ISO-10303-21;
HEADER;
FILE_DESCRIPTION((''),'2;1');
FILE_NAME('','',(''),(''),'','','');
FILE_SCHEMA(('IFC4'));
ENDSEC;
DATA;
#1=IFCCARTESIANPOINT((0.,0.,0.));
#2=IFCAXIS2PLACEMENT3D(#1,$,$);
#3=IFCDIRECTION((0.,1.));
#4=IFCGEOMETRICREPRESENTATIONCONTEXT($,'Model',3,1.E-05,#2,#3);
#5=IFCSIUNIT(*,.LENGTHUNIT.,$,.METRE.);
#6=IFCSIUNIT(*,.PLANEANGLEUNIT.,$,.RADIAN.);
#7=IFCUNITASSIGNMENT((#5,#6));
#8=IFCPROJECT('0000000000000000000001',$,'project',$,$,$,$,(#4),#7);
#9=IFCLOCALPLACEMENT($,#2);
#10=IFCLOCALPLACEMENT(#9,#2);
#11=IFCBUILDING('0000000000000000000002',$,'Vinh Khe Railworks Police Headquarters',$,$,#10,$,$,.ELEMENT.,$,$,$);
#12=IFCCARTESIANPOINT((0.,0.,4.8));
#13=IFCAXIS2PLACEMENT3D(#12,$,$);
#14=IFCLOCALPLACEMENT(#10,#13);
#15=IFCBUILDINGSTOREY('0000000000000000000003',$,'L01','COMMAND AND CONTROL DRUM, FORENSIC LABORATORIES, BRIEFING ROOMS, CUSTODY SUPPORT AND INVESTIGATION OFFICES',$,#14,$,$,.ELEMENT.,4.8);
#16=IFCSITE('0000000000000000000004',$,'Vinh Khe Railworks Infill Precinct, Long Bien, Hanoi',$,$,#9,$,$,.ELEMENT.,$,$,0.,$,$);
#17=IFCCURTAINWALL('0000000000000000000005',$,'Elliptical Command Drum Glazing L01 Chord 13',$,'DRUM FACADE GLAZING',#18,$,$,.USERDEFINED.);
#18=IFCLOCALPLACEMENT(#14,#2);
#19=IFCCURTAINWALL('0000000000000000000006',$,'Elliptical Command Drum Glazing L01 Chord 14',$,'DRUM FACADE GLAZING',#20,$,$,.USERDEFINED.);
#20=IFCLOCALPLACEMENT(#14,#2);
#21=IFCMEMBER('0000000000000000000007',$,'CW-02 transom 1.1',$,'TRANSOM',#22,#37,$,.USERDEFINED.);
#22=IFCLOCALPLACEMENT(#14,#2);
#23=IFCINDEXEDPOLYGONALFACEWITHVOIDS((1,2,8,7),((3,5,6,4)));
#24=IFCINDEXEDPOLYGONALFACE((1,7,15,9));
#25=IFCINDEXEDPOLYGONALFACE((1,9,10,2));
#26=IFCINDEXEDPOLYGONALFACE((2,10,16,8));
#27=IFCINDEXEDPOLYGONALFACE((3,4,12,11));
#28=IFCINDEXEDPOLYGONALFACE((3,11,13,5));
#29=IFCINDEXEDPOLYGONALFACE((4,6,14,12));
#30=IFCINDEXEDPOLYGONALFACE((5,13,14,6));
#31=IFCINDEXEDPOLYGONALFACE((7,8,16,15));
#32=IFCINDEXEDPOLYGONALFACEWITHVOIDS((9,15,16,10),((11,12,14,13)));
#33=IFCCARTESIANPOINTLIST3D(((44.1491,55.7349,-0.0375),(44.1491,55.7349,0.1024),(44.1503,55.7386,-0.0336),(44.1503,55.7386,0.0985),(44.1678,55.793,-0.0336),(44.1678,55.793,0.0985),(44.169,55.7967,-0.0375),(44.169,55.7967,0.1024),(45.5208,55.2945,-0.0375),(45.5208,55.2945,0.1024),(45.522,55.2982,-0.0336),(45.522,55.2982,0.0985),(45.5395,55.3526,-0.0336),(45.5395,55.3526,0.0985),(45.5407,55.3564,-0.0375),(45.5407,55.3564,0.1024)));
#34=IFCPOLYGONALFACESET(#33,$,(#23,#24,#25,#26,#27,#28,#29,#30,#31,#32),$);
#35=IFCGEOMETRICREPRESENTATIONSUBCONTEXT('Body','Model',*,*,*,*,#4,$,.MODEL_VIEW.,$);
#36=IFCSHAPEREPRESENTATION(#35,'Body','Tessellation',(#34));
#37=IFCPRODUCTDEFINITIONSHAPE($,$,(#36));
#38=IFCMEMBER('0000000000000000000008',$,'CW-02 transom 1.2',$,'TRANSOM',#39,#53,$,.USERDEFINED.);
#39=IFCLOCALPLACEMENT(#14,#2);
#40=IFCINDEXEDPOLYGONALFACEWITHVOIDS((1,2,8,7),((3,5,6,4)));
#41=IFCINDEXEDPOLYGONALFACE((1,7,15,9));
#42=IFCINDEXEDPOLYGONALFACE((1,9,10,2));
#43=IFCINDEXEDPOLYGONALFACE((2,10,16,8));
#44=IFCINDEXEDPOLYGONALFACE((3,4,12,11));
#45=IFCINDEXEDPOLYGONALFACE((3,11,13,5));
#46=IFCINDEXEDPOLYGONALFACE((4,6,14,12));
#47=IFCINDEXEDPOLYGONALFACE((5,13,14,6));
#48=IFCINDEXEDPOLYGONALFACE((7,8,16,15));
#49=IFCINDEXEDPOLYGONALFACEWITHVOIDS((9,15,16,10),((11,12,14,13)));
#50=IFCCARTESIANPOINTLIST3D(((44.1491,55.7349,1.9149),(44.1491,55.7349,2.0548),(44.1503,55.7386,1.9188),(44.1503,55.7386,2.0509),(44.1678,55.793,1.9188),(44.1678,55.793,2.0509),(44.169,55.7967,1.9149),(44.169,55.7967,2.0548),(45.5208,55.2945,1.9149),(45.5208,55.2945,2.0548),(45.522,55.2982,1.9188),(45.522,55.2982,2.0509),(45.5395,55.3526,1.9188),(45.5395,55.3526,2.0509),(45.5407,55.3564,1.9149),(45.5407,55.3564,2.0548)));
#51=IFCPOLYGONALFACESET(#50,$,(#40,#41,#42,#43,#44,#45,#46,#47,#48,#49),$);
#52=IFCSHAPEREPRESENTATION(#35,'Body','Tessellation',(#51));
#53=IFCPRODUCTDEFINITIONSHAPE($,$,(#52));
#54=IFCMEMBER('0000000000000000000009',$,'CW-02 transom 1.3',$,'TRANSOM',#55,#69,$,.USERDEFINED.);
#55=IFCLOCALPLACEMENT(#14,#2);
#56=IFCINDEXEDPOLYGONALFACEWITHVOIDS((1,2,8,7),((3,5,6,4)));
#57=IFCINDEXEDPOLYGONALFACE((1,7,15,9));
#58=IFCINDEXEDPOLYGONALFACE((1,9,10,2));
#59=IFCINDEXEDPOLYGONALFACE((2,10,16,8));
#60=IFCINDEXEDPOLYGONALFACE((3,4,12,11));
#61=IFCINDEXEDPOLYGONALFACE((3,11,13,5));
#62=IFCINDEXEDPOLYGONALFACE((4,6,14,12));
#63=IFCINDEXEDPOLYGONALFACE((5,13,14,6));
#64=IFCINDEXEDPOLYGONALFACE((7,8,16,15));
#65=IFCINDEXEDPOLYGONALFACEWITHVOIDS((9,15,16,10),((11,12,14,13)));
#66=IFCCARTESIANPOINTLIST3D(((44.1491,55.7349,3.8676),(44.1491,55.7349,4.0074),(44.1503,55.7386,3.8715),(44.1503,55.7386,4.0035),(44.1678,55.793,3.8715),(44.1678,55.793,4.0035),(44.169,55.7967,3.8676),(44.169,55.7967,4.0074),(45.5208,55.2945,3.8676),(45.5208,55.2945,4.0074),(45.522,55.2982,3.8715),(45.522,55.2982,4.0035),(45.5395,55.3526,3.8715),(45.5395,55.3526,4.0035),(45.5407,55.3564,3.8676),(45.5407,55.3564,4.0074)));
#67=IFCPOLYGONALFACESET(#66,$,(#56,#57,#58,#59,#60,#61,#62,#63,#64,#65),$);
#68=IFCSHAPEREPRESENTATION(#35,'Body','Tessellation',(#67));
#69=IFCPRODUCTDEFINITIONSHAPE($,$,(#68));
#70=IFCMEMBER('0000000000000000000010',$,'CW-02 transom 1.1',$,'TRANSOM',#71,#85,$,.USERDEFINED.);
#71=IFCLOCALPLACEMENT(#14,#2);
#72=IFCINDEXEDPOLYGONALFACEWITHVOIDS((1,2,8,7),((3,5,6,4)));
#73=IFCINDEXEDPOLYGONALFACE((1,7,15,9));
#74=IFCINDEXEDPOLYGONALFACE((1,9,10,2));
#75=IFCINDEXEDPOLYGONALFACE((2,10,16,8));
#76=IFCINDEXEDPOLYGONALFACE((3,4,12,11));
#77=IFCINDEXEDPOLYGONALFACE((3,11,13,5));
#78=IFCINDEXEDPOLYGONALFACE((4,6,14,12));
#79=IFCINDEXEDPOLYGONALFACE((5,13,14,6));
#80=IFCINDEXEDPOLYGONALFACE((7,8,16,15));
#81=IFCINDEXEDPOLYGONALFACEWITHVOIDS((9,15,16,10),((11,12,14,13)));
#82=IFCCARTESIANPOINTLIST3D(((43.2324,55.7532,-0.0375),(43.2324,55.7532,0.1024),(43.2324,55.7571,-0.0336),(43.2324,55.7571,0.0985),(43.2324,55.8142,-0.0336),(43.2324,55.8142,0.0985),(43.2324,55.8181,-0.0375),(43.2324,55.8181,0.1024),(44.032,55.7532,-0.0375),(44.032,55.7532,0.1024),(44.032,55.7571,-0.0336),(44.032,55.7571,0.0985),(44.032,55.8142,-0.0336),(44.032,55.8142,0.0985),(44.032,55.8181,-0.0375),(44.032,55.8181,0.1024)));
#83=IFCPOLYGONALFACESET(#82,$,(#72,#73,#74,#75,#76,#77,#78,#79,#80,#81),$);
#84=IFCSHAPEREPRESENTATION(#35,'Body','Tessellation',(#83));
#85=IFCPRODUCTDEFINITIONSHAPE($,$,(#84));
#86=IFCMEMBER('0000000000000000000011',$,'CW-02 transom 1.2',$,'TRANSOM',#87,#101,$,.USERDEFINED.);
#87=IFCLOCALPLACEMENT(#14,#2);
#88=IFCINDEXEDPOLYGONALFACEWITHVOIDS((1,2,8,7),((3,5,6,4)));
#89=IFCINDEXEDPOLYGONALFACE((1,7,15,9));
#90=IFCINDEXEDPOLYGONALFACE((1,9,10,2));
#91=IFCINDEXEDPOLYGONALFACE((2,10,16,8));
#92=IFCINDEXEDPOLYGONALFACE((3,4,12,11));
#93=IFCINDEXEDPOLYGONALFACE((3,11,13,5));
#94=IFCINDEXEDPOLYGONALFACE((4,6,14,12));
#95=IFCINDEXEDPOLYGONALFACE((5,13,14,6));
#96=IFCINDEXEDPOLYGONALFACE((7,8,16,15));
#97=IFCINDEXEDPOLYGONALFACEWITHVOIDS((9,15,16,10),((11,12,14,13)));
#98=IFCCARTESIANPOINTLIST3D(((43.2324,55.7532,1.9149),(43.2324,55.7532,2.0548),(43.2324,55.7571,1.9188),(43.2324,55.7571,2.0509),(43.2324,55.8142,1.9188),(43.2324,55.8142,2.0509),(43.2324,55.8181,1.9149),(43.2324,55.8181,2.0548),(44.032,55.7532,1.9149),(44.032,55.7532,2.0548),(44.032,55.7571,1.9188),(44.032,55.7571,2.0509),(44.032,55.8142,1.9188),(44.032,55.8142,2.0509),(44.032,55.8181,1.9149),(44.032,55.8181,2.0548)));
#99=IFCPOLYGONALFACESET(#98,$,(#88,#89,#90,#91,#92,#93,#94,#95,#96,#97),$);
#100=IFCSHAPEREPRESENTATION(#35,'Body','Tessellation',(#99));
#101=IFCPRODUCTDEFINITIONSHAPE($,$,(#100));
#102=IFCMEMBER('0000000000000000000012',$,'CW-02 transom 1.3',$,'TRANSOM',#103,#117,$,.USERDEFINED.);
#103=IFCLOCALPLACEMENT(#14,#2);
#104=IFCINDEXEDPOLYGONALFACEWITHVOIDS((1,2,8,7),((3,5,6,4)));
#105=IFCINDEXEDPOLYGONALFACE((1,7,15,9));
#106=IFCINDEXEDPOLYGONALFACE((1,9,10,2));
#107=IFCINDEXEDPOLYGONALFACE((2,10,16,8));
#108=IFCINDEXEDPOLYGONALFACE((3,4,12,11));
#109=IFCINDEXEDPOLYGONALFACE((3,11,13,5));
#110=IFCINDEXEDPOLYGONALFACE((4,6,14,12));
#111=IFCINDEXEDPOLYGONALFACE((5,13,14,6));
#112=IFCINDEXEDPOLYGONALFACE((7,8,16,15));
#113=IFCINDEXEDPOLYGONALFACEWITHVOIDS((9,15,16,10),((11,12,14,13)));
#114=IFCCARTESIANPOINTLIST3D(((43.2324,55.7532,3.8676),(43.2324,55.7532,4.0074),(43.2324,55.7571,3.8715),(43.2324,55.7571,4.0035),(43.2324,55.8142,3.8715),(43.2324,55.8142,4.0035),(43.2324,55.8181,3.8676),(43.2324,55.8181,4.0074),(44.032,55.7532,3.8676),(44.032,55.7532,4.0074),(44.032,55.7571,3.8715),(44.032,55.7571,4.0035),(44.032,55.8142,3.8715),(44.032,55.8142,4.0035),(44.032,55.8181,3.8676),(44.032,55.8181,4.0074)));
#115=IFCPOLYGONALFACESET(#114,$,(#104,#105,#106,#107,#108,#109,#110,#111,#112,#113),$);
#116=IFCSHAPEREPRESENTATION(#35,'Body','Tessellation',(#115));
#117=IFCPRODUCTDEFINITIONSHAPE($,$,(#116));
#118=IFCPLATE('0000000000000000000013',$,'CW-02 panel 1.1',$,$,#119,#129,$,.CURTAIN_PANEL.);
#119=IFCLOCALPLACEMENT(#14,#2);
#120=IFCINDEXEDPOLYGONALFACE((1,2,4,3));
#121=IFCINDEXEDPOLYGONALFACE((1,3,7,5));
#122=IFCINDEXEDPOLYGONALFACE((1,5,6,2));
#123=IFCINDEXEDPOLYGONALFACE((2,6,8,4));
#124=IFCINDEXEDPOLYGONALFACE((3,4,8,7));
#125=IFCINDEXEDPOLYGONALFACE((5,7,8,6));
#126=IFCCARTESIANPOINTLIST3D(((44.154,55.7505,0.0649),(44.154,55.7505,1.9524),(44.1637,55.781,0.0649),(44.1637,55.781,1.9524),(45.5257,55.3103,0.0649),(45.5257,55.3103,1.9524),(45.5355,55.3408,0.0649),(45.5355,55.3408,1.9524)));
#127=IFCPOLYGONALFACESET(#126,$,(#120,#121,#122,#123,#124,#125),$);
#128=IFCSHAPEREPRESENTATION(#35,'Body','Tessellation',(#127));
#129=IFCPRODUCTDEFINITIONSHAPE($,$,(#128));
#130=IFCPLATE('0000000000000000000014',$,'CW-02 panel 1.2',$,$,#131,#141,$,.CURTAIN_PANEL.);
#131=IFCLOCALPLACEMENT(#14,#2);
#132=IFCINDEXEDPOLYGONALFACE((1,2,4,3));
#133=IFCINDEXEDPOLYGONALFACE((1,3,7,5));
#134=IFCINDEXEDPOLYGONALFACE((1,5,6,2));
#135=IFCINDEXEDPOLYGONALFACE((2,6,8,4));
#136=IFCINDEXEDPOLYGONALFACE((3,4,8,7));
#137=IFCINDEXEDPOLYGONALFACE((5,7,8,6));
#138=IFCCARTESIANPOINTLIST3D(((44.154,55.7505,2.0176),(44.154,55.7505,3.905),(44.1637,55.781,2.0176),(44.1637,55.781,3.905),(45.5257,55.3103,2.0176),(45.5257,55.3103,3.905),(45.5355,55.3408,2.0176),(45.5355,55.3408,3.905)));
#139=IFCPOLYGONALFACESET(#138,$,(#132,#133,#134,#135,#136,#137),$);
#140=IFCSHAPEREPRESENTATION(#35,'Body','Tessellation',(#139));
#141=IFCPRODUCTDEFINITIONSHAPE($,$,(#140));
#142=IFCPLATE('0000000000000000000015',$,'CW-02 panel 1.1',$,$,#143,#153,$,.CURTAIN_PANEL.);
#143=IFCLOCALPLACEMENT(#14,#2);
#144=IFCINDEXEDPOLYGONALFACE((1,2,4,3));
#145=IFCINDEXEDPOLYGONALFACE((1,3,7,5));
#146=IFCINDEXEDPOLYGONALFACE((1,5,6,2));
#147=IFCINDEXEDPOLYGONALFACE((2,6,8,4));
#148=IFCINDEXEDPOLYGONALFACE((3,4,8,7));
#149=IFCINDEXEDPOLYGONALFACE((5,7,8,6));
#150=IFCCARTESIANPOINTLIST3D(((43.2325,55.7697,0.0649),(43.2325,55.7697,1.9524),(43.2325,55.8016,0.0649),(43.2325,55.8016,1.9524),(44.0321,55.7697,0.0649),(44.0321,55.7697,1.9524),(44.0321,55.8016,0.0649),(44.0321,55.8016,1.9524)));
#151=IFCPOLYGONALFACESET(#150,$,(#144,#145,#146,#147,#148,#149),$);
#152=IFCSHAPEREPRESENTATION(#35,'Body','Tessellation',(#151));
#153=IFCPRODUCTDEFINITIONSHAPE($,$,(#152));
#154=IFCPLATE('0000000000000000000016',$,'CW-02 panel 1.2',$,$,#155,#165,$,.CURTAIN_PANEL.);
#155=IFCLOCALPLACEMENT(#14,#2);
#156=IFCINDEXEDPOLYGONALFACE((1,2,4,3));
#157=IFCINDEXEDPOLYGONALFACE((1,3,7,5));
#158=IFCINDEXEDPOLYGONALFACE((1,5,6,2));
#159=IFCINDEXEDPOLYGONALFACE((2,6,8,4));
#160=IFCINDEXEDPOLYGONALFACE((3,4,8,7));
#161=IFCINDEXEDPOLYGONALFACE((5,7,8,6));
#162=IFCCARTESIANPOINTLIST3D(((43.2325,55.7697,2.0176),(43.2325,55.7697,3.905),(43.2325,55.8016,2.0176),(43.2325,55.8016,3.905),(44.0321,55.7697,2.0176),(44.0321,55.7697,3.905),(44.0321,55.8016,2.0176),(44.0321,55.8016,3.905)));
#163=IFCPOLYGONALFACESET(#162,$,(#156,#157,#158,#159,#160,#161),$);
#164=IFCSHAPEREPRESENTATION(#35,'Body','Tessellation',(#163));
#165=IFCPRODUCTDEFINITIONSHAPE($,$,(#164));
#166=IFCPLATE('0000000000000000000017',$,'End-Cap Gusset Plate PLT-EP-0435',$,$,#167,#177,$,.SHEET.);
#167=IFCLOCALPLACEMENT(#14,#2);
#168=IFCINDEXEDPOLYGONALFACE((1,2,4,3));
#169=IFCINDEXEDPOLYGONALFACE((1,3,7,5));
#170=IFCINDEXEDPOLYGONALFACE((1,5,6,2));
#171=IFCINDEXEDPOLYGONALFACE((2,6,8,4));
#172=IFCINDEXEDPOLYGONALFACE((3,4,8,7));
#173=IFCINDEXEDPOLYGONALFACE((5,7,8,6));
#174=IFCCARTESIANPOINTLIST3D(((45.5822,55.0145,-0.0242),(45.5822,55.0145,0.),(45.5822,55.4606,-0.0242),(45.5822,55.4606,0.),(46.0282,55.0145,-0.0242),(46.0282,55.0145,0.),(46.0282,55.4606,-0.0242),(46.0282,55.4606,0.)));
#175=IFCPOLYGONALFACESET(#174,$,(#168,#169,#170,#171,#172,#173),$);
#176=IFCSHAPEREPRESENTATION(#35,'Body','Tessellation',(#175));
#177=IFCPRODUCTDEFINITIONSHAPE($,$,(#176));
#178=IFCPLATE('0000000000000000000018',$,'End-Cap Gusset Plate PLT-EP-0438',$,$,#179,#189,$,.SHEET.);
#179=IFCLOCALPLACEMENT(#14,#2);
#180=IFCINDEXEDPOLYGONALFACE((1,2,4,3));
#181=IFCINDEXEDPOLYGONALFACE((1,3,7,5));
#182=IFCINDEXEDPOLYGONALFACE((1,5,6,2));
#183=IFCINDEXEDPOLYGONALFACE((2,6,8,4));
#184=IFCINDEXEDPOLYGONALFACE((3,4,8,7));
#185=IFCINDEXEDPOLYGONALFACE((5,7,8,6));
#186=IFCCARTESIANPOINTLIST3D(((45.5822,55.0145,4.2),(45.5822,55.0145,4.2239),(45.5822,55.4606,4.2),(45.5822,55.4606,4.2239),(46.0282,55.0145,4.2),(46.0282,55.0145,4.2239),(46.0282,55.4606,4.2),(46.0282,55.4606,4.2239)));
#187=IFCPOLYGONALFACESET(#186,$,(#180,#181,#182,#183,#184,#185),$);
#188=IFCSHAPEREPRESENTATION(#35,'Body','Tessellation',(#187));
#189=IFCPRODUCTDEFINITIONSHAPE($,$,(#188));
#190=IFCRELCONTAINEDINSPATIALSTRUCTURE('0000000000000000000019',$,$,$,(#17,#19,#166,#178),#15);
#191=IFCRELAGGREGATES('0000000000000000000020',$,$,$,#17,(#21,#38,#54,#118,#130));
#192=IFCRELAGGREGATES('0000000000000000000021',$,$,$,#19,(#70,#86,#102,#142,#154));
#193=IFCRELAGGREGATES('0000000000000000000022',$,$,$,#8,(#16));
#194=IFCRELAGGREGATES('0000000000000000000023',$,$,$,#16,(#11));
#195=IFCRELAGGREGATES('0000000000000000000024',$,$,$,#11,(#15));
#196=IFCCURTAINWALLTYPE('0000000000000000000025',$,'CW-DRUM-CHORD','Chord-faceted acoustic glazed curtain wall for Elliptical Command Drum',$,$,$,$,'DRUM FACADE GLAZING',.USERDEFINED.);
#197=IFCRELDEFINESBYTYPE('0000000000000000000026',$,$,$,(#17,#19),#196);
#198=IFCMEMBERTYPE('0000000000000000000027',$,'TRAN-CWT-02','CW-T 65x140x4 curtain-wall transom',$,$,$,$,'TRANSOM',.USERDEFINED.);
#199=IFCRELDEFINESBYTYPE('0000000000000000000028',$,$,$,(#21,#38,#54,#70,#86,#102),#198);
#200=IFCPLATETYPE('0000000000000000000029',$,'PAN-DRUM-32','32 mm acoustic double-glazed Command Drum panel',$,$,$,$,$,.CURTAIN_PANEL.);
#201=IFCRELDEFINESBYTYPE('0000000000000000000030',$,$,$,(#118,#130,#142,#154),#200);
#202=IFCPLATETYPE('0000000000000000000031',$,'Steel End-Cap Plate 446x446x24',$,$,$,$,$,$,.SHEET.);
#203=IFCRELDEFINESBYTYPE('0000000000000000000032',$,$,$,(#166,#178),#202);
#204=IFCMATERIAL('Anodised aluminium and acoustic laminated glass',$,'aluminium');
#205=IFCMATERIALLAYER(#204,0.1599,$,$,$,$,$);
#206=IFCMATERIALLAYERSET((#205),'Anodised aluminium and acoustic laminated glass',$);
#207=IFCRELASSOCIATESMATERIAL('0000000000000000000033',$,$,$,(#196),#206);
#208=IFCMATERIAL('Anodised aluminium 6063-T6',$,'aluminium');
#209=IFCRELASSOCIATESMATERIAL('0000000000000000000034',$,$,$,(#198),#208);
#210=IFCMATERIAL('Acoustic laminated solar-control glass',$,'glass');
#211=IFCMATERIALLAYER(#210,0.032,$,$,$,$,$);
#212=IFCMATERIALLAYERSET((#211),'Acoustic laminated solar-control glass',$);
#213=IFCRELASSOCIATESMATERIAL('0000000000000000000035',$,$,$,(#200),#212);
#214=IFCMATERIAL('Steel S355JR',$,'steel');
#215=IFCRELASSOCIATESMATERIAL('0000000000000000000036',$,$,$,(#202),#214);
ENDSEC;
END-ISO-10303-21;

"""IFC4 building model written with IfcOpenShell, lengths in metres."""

from ifc_helpers import new_model, si_unit, direction, frame, origin, origin_2d, place, context, subcontext, project, spatial, rectangle, hollow_rectangle, extrude, material, layer, layer_set, material_profile, profile_set, type_object, element, aggregate, save


model = new_model("IFC4")

# Units and contexts
model_context = context("Model", 3, precision=1e-05, world=origin(), true_north=direction((0.0, 1.0)))
body_context = subcontext(model_context, "Body", "Model", "MODEL_VIEW")
ifc_project = project(units=[si_unit("LENGTHUNIT", "METRE"), si_unit("PLANEANGLEUNIT", "RADIAN")], contexts=[model_context])

# Site, building, storey
site_placement = place(None, origin())
site = spatial("IfcSite", under=ifc_project, at=site_placement, Name="Vinh Khe Railworks Infill Precinct, Long Bien, Hanoi", CompositionType="ELEMENT", RefElevation=0.0)
building_placement = place(site_placement, origin())
building = spatial("IfcBuilding", under=site, at=building_placement, Name="Vinh Khe Railworks Police Headquarters", CompositionType="ELEMENT")
storey_placement = place(building_placement, frame((0.0, 0.0, 4.8)))
storey = spatial("IfcBuildingStorey", under=building, at=storey_placement, Name="L01", Description="COMMAND AND CONTROL DRUM, FORENSIC LABORATORIES, BRIEFING ROOMS, CUSTODY SUPPORT AND INVESTIGATION OFFICES", CompositionType="ELEMENT", Elevation=4.8)

# Shared definitions
ifc_material_1 = material(Name="Steel S355JR", Category="steel")

# Shared definitions
ifc_material_2 = material(Name="Anodised aluminium and acoustic laminated glass", Category="aluminium")
ifc_layer_1 = layer(ifc_material_2, 0.1599)
ifc_layer_set_1 = layer_set([ifc_layer_1], Name="Anodised aluminium and acoustic laminated glass")
curtain_wall_type = type_object("IfcCurtainWallType", Name="CW-DRUM-CHORD", Description="Chord-faceted acoustic glazed curtain wall for Elliptical Command Drum", ElementType="DRUM FACADE GLAZING", PredefinedType="USERDEFINED", material=ifc_layer_set_1)
ifc_material_3 = material(Name="Anodised aluminium 6063-T6", Category="aluminium")

# Curtain walls
curtain_wall_1_placement = place(storey_placement, origin())
curtain_wall_1 = element("IfcCurtainWall", 1, at=curtain_wall_1_placement, inside=storey, type_object=curtain_wall_type, Name="Elliptical Command Drum Glazing L01 Chord 13", ObjectType="DRUM FACADE GLAZING", PredefinedType="USERDEFINED")
curtain_wall_2_placement = place(storey_placement, origin())
curtain_wall_2 = element("IfcCurtainWall", 2, at=curtain_wall_2_placement, inside=storey, type_object=curtain_wall_type, Name="Elliptical Command Drum Glazing L01 Chord 14", ObjectType="DRUM FACADE GLAZING", PredefinedType="USERDEFINED")

# Members
ifc_material_profile_1 = material_profile(ifc_material_3, hollow_rectangle(XDim=0.0649, YDim=0.1399, WallThickness=0.0039, at=origin_2d()), Name="CW-T 65x140x4")
ifc_profile_set_1 = profile_set([ifc_material_profile_1], Name="Anodised aluminium 6063-T6")
member_type_1 = type_object("IfcMemberType", Name="TRAN-CWT-02", Description="CW-T 65x140x4 curtain-wall transom", ElementType="TRANSOM", PredefinedType="USERDEFINED", material=ifc_profile_set_1)
member_1_placement = place(storey_placement, frame((45.5308, 55.3254, 0.0325), z_axis=(-0.952133, 0.305686, 0.0), x_axis=(-0.305686, -0.952133, 0.0)))
member_1 = element("IfcMember", 3, at=member_1_placement, type_object=member_type_1, Name="CW-02 transom 1.1", ObjectType="TRANSOM", PredefinedType="USERDEFINED", context=body_context, shape_type="SweptSolid", body=[
    extrude(hollow_rectangle(XDim=0.0649, YDim=0.1399, WallThickness=0.0039, at=origin_2d()), origin(), (0.0, 0.0, 1.0), 1.4407),
])
member_2_placement = place(storey_placement, frame((45.5308, 55.3254, 1.9849), z_axis=(-0.952133, 0.305686, 0.0), x_axis=(-0.305686, -0.952133, 0.0)))
member_2 = element("IfcMember", 4, at=member_2_placement, type_object=member_type_1, Name="CW-02 transom 1.2", ObjectType="TRANSOM", PredefinedType="USERDEFINED", context=body_context, shape_type="SweptSolid", body=[
    extrude(hollow_rectangle(XDim=0.0649, YDim=0.1399, WallThickness=0.0039, at=origin_2d()), origin(), (0.0, 0.0, 1.0), 1.4407),
])
member_3_placement = place(storey_placement, frame((45.5308, 55.3254, 3.9375), z_axis=(-0.952133, 0.305686, 0.0), x_axis=(-0.305686, -0.952133, 0.0)))
member_3 = element("IfcMember", 5, at=member_3_placement, type_object=member_type_1, Name="CW-02 transom 1.3", ObjectType="TRANSOM", PredefinedType="USERDEFINED", context=body_context, shape_type="SweptSolid", body=[
    extrude(hollow_rectangle(XDim=0.0649, YDim=0.1399, WallThickness=0.0039, at=origin_2d()), origin(), (0.0, 0.0, 1.0), 1.4407),
])
member_4_placement = place(storey_placement, frame((44.032, 55.7856, 0.0325), z_axis=(-1.0, 0.0, 0.0), x_axis=(0.0, -1.0, 0.0)))
member_4 = element("IfcMember", 6, at=member_4_placement, type_object=member_type_1, Name="CW-02 transom 1.1", ObjectType="TRANSOM", PredefinedType="USERDEFINED", context=body_context, shape_type="SweptSolid", body=[
    extrude(hollow_rectangle(XDim=0.0649, YDim=0.1399, WallThickness=0.0039, at=origin_2d()), origin(), (0.0, 0.0, 1.0), 0.7996),
])
member_5_placement = place(storey_placement, frame((44.032, 55.7856, 1.9849), z_axis=(-1.0, 0.0, 0.0), x_axis=(0.0, -1.0, 0.0)))
member_5 = element("IfcMember", 7, at=member_5_placement, type_object=member_type_1, Name="CW-02 transom 1.2", ObjectType="TRANSOM", PredefinedType="USERDEFINED", context=body_context, shape_type="SweptSolid", body=[
    extrude(hollow_rectangle(XDim=0.0649, YDim=0.1399, WallThickness=0.0039, at=origin_2d()), origin(), (0.0, 0.0, 1.0), 0.7996),
])
member_6_placement = place(storey_placement, frame((44.032, 55.7856, 3.9375), z_axis=(-1.0, 0.0, 0.0), x_axis=(0.0, -1.0, 0.0)))
member_6 = element("IfcMember", 8, at=member_6_placement, type_object=member_type_1, Name="CW-02 transom 1.3", ObjectType="TRANSOM", PredefinedType="USERDEFINED", context=body_context, shape_type="SweptSolid", body=[
    extrude(hollow_rectangle(XDim=0.0649, YDim=0.1399, WallThickness=0.0039, at=origin_2d()), origin(), (0.0, 0.0, 1.0), 0.7996),
])

# Plates
ifc_material_4 = material(Name="Acoustic laminated solar-control glass", Category="glass")
ifc_layer_2 = layer(ifc_material_4, 0.032)
ifc_layer_set_2 = layer_set([ifc_layer_2], Name="Acoustic laminated solar-control glass")
plate_type_1 = type_object("IfcPlateType", Name="PAN-DRUM-32", Description="32 mm acoustic double-glazed Command Drum panel", PredefinedType="CURTAIN_PANEL", material=ifc_layer_set_2)
plate_1_placement = place(storey_placement, frame((44.8447, 55.5457, 0.0649), z_axis=(0.0, 0.0, 1.0), x_axis=(-0.952168, 0.305575, 0.0)))
plate_1 = element("IfcPlate", 9, at=plate_1_placement, type_object=plate_type_1, Name="CW-02 panel 1.1", PredefinedType="CURTAIN_PANEL", context=body_context, shape_type="SweptSolid", body=[
    extrude(rectangle(XDim=1.4407, YDim=0.032, at=origin_2d()), origin(), (0.0, 0.0, 1.0), 1.8875),
])
plate_2_placement = place(storey_placement, frame((44.8447, 55.5457, 2.0176), z_axis=(0.0, 0.0, 1.0), x_axis=(-0.952168, 0.305575, 0.0)))
plate_2 = element("IfcPlate", 10, at=plate_2_placement, type_object=plate_type_1, Name="CW-02 panel 1.2", PredefinedType="CURTAIN_PANEL", context=body_context, shape_type="SweptSolid", body=[
    extrude(rectangle(XDim=1.4407, YDim=0.032, at=origin_2d()), origin(), (0.0, 0.0, 1.0), 1.8875),
])
aggregate(curtain_wall_1, [member_1, member_2, member_3, plate_1, plate_2])
plate_3_placement = place(storey_placement, frame((43.6323, 55.7856, 0.0649), z_axis=(0.0, 0.0, 1.0), x_axis=(-1.0, 0.0, 0.0)))
plate_3 = element("IfcPlate", 11, at=plate_3_placement, type_object=plate_type_1, Name="CW-02 panel 1.1", PredefinedType="CURTAIN_PANEL", context=body_context, shape_type="SweptSolid", body=[
    extrude(rectangle(XDim=0.7996, YDim=0.032, at=origin_2d()), origin(), (0.0, 0.0, 1.0), 1.8875),
])
plate_4_placement = place(storey_placement, frame((43.6323, 55.7856, 2.0176), z_axis=(0.0, 0.0, 1.0), x_axis=(-1.0, 0.0, 0.0)))
plate_4 = element("IfcPlate", 12, at=plate_4_placement, type_object=plate_type_1, Name="CW-02 panel 1.2", PredefinedType="CURTAIN_PANEL", context=body_context, shape_type="SweptSolid", body=[
    extrude(rectangle(XDim=0.7996, YDim=0.032, at=origin_2d()), origin(), (0.0, 0.0, 1.0), 1.8875),
])
aggregate(curtain_wall_2, [member_4, member_5, member_6, plate_3, plate_4])

# Plates
ifc_material_profile_2 = material_profile(ifc_material_1, rectangle(XDim=0.446, YDim=0.446, at=origin_2d()), Name="PL 446x446")
ifc_profile_set_2 = profile_set([ifc_material_profile_2], Name="Steel S355JR")
plate_type_2 = type_object("IfcPlateType", Name="Steel End-Cap Plate 446x446x24", PredefinedType="SHEET", material=ifc_profile_set_2)
plate_5_placement = place(storey_placement, frame((45.8052, 55.2375, 0.0), z_axis=(0.0, 0.0, -1.0), x_axis=(1.0, 0.0, 0.0)))
element("IfcPlate", 13, at=plate_5_placement, inside=storey, type_object=plate_type_2, Name="End-Cap Gusset Plate PLT-EP-0435", PredefinedType="SHEET", context=body_context, shape_type="SweptSolid", body=[
    extrude(rectangle(XDim=0.446, YDim=0.446, at=origin_2d()), origin(), (0.0, 0.0, 1.0), 0.0242),
])
plate_6_placement = place(storey_placement, frame((45.8052, 55.2375, 4.2), z_axis=(0.0, 0.0, 1.0), x_axis=(1.0, 0.0, 0.0)))
element("IfcPlate", 14, at=plate_6_placement, inside=storey, type_object=plate_type_2, Name="End-Cap Gusset Plate PLT-EP-0438", PredefinedType="SHEET", context=body_context, shape_type="SweptSolid", body=[
    extrude(rectangle(XDim=0.446, YDim=0.446, at=origin_2d()), origin(), (0.0, 0.0, 1.0), 0.0239),
])

save(model, "model.ifc")
